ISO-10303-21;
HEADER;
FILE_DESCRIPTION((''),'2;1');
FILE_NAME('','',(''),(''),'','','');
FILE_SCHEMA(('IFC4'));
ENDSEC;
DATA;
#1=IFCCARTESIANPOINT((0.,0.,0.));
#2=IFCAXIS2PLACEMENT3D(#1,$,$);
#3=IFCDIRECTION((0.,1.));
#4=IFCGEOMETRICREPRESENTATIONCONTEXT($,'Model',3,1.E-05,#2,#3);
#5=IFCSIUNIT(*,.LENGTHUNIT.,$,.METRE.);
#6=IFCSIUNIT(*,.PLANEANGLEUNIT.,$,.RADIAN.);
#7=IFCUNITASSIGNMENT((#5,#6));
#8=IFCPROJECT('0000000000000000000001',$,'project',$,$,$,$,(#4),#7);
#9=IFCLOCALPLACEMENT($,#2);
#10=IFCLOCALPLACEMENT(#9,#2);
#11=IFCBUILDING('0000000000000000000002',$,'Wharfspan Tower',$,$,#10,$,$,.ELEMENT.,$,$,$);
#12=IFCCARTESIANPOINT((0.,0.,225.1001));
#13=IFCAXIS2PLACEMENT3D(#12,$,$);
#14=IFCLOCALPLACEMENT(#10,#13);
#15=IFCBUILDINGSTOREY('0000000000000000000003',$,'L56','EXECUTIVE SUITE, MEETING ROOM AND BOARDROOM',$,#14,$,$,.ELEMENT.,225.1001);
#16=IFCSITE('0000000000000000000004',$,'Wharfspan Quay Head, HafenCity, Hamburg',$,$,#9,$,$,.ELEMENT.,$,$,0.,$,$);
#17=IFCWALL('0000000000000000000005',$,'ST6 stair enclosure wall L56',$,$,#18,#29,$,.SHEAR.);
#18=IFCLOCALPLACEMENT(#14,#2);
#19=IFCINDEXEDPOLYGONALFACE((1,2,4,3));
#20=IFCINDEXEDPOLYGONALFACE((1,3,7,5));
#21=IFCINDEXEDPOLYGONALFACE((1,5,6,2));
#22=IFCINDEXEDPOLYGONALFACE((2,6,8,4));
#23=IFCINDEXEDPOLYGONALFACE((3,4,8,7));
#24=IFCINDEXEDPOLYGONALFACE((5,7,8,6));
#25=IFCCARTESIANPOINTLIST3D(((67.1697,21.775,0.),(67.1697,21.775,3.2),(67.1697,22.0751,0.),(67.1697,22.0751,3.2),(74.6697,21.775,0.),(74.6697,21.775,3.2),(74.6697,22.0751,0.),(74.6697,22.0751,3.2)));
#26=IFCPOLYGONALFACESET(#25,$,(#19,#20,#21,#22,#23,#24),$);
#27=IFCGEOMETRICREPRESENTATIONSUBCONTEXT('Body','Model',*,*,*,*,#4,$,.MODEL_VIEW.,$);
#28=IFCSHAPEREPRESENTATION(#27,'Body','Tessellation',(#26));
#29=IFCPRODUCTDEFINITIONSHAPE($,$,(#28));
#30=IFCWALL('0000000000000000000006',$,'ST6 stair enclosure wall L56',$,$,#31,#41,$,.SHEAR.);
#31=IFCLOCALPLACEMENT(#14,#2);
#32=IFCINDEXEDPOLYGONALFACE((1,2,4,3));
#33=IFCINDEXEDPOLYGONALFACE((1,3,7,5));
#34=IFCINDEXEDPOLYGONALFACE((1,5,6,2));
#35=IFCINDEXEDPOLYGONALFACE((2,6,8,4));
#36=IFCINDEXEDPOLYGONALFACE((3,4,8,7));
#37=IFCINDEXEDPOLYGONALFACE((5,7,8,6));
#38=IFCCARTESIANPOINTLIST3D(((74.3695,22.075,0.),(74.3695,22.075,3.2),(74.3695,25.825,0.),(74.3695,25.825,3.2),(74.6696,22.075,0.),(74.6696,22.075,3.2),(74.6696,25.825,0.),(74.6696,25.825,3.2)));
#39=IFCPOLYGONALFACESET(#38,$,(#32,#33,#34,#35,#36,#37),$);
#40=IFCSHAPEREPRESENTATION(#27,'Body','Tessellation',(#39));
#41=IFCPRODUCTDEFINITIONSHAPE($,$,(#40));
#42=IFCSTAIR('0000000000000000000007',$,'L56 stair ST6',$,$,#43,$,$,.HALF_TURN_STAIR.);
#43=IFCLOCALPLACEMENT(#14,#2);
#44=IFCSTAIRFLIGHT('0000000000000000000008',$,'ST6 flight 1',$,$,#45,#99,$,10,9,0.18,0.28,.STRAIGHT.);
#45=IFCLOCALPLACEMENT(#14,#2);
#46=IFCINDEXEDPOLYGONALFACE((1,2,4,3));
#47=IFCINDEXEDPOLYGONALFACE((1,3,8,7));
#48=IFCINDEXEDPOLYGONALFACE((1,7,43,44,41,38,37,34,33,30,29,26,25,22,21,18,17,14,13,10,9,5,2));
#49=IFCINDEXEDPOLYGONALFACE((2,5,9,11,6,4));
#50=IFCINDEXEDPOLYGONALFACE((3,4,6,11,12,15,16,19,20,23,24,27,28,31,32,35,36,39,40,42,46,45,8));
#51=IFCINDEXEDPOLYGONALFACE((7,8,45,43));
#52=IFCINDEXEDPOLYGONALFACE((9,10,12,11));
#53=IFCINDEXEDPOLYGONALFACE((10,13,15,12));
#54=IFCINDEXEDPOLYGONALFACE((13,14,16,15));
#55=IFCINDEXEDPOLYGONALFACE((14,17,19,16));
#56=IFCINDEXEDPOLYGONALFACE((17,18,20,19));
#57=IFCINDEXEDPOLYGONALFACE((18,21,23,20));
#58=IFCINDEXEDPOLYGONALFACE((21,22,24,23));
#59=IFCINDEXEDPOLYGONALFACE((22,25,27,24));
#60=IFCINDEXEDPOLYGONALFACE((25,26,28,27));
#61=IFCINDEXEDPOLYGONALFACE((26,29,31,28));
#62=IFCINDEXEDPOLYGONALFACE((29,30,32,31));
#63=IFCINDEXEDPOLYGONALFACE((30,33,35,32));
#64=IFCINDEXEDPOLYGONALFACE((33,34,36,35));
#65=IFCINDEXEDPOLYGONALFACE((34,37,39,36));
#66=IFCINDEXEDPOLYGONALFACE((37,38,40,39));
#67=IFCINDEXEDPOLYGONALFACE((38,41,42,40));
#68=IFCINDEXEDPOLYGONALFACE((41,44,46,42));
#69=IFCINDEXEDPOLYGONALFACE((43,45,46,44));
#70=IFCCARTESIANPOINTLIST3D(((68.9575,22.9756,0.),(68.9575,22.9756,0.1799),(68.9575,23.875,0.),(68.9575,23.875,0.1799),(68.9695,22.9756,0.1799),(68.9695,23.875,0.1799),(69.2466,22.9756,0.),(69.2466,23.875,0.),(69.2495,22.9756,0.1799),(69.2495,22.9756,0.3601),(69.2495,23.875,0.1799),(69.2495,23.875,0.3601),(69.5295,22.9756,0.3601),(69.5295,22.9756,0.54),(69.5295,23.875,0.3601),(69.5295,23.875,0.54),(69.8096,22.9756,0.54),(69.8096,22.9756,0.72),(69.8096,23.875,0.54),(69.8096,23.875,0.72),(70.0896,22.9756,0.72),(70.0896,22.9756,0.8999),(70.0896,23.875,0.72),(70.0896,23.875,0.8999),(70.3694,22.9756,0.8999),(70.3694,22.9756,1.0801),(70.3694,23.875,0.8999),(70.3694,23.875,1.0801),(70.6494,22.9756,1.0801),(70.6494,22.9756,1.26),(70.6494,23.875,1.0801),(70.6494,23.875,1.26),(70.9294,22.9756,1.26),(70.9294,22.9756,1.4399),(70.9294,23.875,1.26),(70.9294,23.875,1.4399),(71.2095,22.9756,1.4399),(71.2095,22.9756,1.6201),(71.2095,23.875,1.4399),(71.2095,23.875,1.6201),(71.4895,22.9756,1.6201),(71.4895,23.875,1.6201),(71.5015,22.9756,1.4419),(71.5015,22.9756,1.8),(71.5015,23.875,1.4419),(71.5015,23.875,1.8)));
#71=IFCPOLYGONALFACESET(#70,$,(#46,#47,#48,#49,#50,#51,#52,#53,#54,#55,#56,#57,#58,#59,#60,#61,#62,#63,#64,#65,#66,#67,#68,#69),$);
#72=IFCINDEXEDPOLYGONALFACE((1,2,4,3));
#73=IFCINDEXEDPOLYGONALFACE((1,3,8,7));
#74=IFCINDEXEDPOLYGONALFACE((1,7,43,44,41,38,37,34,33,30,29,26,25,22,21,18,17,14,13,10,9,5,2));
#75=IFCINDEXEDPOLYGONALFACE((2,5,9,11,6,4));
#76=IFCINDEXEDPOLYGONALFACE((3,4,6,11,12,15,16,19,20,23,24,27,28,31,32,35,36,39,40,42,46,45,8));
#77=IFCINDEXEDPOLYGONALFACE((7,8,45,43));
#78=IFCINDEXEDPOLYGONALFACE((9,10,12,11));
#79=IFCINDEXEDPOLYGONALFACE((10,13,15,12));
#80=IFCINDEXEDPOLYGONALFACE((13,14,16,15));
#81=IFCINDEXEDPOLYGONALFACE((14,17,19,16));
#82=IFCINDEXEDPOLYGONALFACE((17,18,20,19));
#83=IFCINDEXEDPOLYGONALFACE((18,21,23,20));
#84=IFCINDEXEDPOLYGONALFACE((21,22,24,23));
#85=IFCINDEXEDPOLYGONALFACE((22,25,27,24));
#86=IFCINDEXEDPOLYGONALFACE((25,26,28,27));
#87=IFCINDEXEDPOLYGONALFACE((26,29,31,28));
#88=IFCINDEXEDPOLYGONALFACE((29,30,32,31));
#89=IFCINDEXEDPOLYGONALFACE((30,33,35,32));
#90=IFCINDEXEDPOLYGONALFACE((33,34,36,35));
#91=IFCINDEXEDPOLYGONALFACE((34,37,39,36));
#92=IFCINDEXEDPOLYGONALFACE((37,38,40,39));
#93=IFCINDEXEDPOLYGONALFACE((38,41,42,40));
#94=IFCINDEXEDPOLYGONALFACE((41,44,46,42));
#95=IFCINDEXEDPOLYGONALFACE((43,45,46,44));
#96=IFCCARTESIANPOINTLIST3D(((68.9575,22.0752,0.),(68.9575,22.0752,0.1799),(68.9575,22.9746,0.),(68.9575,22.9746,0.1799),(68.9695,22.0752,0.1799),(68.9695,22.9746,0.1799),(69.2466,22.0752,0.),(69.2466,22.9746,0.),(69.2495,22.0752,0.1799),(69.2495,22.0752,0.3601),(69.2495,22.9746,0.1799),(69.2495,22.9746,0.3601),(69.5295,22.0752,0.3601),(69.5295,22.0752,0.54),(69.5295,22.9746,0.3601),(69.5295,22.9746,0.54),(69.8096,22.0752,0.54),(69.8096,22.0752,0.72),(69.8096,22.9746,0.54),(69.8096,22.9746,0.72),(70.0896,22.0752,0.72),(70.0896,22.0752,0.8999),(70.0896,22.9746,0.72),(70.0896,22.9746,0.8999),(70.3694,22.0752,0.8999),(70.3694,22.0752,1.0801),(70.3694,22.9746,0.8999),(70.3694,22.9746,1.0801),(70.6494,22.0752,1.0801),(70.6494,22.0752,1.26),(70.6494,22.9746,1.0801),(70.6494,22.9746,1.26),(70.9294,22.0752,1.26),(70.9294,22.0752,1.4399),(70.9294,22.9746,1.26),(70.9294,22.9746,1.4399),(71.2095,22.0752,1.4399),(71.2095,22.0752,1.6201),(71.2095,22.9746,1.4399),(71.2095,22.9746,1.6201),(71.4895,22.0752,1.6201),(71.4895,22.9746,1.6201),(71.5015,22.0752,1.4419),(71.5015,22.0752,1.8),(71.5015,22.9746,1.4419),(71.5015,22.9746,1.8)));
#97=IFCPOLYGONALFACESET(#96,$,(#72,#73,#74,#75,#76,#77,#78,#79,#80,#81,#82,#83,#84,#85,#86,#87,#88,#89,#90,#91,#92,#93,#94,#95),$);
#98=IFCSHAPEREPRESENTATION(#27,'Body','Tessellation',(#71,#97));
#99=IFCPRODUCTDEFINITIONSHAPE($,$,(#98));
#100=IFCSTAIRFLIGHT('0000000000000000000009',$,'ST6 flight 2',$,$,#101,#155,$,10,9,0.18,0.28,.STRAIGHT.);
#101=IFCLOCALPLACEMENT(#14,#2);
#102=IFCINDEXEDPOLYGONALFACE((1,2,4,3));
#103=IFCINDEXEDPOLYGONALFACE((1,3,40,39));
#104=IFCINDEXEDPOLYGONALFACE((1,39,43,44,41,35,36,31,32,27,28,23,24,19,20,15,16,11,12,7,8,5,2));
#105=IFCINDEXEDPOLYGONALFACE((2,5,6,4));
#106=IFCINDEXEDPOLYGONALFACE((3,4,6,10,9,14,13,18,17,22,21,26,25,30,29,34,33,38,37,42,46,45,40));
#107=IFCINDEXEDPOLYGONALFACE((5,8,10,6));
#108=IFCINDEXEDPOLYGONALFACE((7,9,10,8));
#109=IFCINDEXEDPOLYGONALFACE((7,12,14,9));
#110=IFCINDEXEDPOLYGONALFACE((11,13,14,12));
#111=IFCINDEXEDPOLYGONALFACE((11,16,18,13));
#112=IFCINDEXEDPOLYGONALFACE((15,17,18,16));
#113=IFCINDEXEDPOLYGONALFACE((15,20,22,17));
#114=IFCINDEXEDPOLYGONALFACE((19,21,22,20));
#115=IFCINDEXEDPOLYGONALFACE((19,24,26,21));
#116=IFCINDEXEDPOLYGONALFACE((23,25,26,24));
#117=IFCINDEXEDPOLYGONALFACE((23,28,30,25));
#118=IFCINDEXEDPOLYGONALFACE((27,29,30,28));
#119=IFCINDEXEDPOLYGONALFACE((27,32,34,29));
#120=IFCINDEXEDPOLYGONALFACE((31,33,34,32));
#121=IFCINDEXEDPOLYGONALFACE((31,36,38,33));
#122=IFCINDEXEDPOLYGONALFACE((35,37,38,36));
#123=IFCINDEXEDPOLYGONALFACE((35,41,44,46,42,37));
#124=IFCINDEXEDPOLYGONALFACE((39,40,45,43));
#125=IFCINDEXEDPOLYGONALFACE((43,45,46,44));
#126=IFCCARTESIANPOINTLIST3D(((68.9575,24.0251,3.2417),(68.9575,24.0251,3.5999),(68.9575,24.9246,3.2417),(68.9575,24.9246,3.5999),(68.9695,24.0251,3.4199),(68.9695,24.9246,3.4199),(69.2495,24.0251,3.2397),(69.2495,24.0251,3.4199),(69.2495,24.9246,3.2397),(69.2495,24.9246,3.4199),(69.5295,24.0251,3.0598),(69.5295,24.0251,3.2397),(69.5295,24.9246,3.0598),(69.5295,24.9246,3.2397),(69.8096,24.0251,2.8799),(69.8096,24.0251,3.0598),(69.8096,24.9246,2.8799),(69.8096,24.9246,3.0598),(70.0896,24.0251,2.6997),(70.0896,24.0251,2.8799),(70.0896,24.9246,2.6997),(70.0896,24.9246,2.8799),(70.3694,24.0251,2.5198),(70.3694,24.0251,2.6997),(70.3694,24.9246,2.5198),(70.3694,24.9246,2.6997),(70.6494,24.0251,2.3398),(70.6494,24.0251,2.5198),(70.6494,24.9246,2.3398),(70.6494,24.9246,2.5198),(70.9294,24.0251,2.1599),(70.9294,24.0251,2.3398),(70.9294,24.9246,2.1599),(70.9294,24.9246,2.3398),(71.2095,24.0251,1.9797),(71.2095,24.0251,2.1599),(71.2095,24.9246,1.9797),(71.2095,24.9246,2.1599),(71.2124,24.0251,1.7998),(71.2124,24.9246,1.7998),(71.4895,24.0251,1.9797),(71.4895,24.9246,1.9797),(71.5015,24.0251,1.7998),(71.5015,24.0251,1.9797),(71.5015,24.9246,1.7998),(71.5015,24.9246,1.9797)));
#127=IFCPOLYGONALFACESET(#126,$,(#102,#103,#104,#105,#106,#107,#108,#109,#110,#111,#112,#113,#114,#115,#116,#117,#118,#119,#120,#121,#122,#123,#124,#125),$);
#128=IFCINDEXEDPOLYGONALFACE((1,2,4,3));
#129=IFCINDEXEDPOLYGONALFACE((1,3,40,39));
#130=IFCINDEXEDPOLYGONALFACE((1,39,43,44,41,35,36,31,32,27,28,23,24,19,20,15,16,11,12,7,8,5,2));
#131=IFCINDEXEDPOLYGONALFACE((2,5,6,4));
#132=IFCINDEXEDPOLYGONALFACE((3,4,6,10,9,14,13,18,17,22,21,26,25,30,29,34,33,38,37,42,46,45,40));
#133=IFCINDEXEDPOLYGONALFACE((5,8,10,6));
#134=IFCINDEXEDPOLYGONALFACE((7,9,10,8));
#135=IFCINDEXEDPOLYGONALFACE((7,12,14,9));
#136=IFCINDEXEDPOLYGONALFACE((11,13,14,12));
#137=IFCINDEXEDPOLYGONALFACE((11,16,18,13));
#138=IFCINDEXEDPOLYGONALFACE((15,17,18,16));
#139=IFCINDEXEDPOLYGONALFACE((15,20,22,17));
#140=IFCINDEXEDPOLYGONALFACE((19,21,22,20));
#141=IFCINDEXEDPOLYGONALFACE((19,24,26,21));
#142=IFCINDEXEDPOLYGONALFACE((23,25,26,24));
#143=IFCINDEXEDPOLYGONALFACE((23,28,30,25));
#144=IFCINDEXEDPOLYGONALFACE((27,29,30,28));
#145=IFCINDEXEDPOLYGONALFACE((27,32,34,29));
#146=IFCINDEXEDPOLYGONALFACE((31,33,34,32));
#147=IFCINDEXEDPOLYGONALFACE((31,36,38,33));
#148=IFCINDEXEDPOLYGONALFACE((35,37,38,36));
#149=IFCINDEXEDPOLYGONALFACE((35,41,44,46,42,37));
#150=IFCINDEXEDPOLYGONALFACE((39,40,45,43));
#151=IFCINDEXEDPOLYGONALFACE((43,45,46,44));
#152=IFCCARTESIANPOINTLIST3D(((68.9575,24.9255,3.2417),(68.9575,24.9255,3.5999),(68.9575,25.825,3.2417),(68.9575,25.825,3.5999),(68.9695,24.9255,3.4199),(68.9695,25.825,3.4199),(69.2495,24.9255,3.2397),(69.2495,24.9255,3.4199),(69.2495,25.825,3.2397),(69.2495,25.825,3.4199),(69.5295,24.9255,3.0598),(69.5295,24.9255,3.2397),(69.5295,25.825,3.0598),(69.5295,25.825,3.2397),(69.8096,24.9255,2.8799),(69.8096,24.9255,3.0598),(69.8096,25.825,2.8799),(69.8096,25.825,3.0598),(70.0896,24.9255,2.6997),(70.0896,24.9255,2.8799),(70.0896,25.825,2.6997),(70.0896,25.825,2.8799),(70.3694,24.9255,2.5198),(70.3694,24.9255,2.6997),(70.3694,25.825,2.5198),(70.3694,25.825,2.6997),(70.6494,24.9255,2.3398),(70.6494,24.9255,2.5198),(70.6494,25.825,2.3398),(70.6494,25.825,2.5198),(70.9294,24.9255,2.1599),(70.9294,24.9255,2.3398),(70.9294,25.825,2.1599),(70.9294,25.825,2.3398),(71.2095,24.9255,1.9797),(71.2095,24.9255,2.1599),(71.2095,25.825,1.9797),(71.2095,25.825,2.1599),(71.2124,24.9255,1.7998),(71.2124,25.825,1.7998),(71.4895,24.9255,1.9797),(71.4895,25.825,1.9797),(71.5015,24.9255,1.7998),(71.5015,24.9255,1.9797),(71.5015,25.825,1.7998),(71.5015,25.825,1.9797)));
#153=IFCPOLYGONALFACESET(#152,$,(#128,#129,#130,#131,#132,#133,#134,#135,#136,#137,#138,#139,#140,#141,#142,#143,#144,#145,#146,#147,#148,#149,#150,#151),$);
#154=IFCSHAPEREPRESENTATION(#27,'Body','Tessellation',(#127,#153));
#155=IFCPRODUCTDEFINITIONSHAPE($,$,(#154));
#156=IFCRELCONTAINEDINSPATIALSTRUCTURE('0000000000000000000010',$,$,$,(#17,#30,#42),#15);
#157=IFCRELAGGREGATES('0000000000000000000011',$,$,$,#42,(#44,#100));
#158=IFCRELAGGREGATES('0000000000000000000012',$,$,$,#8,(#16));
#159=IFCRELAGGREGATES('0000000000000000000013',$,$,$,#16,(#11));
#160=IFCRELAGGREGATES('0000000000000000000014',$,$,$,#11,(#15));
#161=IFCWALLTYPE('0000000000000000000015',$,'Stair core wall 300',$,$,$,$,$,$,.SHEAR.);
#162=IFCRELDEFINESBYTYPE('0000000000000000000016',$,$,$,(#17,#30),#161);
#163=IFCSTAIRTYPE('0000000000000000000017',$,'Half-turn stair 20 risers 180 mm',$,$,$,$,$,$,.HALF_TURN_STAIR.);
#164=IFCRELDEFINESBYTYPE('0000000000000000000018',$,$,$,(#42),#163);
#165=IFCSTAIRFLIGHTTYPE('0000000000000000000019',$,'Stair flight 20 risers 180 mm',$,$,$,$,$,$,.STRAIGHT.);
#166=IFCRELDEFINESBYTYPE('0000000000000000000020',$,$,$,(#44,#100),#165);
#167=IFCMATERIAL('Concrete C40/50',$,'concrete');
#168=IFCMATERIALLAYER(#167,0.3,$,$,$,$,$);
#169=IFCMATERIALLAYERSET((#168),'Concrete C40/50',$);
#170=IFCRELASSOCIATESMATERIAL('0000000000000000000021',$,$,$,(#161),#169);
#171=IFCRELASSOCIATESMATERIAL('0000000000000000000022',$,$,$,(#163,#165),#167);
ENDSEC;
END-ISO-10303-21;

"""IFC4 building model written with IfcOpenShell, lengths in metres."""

from ifc_helpers import new_model, si_unit, direction, frame, frame_2d, origin, place, context, subcontext, project, spatial, polyline, rectangle, outline, extrude, material, layer, layer_set, type_object, element, aggregate, save


model = new_model("IFC4")

# Units and contexts
model_context = context("Model", 3, precision=1e-05, world=origin(), true_north=direction((0.0, 1.0)))
body_context = subcontext(model_context, "Body", "Model", "MODEL_VIEW")
ifc_project = project(units=[si_unit("LENGTHUNIT", "METRE"), si_unit("PLANEANGLEUNIT", "RADIAN")], contexts=[model_context])

# Site, building, storey
site_placement = place(None, origin())
site = spatial("IfcSite", under=ifc_project, at=site_placement, Name="Wharfspan Quay Head, HafenCity, Hamburg", CompositionType="ELEMENT", RefElevation=0.0)
building_placement = place(site_placement, origin())
building = spatial("IfcBuilding", under=site, at=building_placement, Name="Wharfspan Tower", CompositionType="ELEMENT")
storey_placement = place(building_placement, frame((0.0, 0.0, 225.1001)))
storey = spatial("IfcBuildingStorey", under=building, at=storey_placement, Name="L56", Description="EXECUTIVE SUITE, MEETING ROOM AND BOARDROOM", CompositionType="ELEMENT", Elevation=225.1001)

# Shared definitions
ifc_material_1 = material(Name="Concrete C40/50", Category="concrete")
ifc_layer_1 = layer(ifc_material_1, 0.3)
ifc_layer_set_1 = layer_set([ifc_layer_1], Name="Concrete C40/50")
wall_type_1 = type_object("IfcWallType", Name="Stair core wall 300", PredefinedType="SHEAR", material=ifc_layer_set_1)

# Walls
wall_1_placement = place(storey_placement, frame((67.1697, 21.925, 0.0), z_axis=(0.0, 0.0, 1.0), x_axis=(1.0, 0.0, 0.0)))
element("IfcWall", 1, at=wall_1_placement, inside=storey, type_object=wall_type_1, Name="ST6 stair enclosure wall L56", PredefinedType="SHEAR", context=body_context, shape_type="SweptSolid", body=[
    extrude(rectangle(XDim=7.5, YDim=0.3, at=frame_2d((3.75, 0.0))), origin(), (0.0, 0.0, 1.0), 3.2),
])
wall_2_placement = place(storey_placement, frame((74.5195, 22.075, 0.0), z_axis=(0.0, 0.0, 1.0), x_axis=(0.0, 1.0, 0.0)))
element("IfcWall", 2, at=wall_2_placement, inside=storey, type_object=wall_type_1, Name="ST6 stair enclosure wall L56", PredefinedType="SHEAR", context=body_context, shape_type="SweptSolid", body=[
    extrude(rectangle(XDim=3.75, YDim=0.3, at=frame_2d((1.875, 0.0))), origin(), (0.0, 0.0, 1.0), 3.2),
])

# Stair, stair flights
stair_type = type_object("IfcStairType", Name="Half-turn stair 20 risers 180 mm", PredefinedType="HALF_TURN_STAIR", material=ifc_material_1)
stair_placement = place(storey_placement, origin())
stair = element("IfcStair", 3, at=stair_placement, inside=storey, type_object=stair_type, Name="L56 stair ST6", PredefinedType="HALF_TURN_STAIR")
stair_flight_type = type_object("IfcStairFlightType", Name="Stair flight 20 risers 180 mm", PredefinedType="STRAIGHT", material=ifc_material_1)
stair_flight_1_placement = place(storey_placement, frame((68.9695, 22.9751, 0.0), z_axis=(0.0, 0.0, 1.0), x_axis=(1.0, 0.0, 0.0)))
stair_flight_1 = element("IfcStairFlight", 4, at=stair_flight_1_placement, type_object=stair_flight_type, Name="ST6 flight 1", NumberOfRisers=10, NumberOfTreads=9, PredefinedType="STRAIGHT", RiserHeight=0.18, TreadLength=0.28, context=body_context, shape_type="SweptSolid", body=[
    extrude(outline(polyline([(-0.012, 0.0), (-0.012, 0.1799), (0.0, 0.1799), (0.28, 0.1799), (0.28, 0.3601), (0.5601, 0.3601), (0.5601, 0.54), (0.8401, 0.54), (0.8401, 0.72), (1.1201, 0.72), (1.1201, 0.8999), (1.3999, 0.8999), (1.3999, 1.0801), (1.6799, 1.0801), (1.6799, 1.26), (1.96, 1.26), (1.96, 1.4399), (2.24, 1.4399), (2.24, 1.6201), (2.52, 1.6201), (2.532, 1.8), (2.532, 1.4419), (0.2771, 0.0), (-0.012, 0.0)])), frame((0.0, 0.8999, 0.0), z_axis=(0.0, -1.0, 0.0), x_axis=(1.0, 0.0, 0.0)), (0.0, 0.0, 1.0), 0.8994),
    extrude(outline(polyline([(-0.012, 0.0), (-0.012, 0.1799), (0.0, 0.1799), (0.28, 0.1799), (0.28, 0.3601), (0.5601, 0.3601), (0.5601, 0.54), (0.8401, 0.54), (0.8401, 0.72), (1.1201, 0.72), (1.1201, 0.8999), (1.3999, 0.8999), (1.3999, 1.0801), (1.6799, 1.0801), (1.6799, 1.26), (1.96, 1.26), (1.96, 1.4399), (2.24, 1.4399), (2.24, 1.6201), (2.52, 1.6201), (2.532, 1.8), (2.532, 1.4419), (0.2771, 0.0), (-0.012, 0.0)])), frame((0.0, -0.0005, 0.0), z_axis=(0.0, -1.0, 0.0), x_axis=(1.0, 0.0, 0.0)), (0.0, 0.0, 1.0), 0.8994),
])
stair_flight_2_placement = place(storey_placement, frame((71.4895, 24.925, 1.7998), z_axis=(0.0, 0.0, 1.0), x_axis=(-1.0, 0.0, 0.0)))
stair_flight_2 = element("IfcStairFlight", 5, at=stair_flight_2_placement, type_object=stair_flight_type, Name="ST6 flight 2", NumberOfRisers=10, NumberOfTreads=9, PredefinedType="STRAIGHT", RiserHeight=0.18, TreadLength=0.28, context=body_context, shape_type="SweptSolid", body=[
    extrude(outline(polyline([(-0.012, 0.0), (-0.012, 0.1799), (0.0, 0.1799), (0.28, 0.1799), (0.28, 0.3601), (0.5601, 0.3601), (0.5601, 0.54), (0.8401, 0.54), (0.8401, 0.72), (1.1201, 0.72), (1.1201, 0.8999), (1.3999, 0.8999), (1.3999, 1.0801), (1.6799, 1.0801), (1.6799, 1.26), (1.96, 1.26), (1.96, 1.4399), (2.24, 1.4399), (2.24, 1.6201), (2.52, 1.6201), (2.532, 1.8), (2.532, 1.4419), (0.2771, 0.0), (-0.012, 0.0)])), frame((0.0, 0.8999, 0.0), z_axis=(0.0, -1.0, 0.0), x_axis=(1.0, 0.0, 0.0)), (0.0, 0.0, 1.0), 0.8994),
    extrude(outline(polyline([(-0.012, 0.0), (-0.012, 0.1799), (0.0, 0.1799), (0.28, 0.1799), (0.28, 0.3601), (0.5601, 0.3601), (0.5601, 0.54), (0.8401, 0.54), (0.8401, 0.72), (1.1201, 0.72), (1.1201, 0.8999), (1.3999, 0.8999), (1.3999, 1.0801), (1.6799, 1.0801), (1.6799, 1.26), (1.96, 1.26), (1.96, 1.4399), (2.24, 1.4399), (2.24, 1.6201), (2.52, 1.6201), (2.532, 1.8), (2.532, 1.4419), (0.2771, 0.0), (-0.012, 0.0)])), frame((0.0, -0.0005, 0.0), z_axis=(0.0, -1.0, 0.0), x_axis=(1.0, 0.0, 0.0)), (0.0, 0.0, 1.0), 0.8994),
])
aggregate(stair, [stair_flight_1, stair_flight_2])

save(model, "model.ifc")
